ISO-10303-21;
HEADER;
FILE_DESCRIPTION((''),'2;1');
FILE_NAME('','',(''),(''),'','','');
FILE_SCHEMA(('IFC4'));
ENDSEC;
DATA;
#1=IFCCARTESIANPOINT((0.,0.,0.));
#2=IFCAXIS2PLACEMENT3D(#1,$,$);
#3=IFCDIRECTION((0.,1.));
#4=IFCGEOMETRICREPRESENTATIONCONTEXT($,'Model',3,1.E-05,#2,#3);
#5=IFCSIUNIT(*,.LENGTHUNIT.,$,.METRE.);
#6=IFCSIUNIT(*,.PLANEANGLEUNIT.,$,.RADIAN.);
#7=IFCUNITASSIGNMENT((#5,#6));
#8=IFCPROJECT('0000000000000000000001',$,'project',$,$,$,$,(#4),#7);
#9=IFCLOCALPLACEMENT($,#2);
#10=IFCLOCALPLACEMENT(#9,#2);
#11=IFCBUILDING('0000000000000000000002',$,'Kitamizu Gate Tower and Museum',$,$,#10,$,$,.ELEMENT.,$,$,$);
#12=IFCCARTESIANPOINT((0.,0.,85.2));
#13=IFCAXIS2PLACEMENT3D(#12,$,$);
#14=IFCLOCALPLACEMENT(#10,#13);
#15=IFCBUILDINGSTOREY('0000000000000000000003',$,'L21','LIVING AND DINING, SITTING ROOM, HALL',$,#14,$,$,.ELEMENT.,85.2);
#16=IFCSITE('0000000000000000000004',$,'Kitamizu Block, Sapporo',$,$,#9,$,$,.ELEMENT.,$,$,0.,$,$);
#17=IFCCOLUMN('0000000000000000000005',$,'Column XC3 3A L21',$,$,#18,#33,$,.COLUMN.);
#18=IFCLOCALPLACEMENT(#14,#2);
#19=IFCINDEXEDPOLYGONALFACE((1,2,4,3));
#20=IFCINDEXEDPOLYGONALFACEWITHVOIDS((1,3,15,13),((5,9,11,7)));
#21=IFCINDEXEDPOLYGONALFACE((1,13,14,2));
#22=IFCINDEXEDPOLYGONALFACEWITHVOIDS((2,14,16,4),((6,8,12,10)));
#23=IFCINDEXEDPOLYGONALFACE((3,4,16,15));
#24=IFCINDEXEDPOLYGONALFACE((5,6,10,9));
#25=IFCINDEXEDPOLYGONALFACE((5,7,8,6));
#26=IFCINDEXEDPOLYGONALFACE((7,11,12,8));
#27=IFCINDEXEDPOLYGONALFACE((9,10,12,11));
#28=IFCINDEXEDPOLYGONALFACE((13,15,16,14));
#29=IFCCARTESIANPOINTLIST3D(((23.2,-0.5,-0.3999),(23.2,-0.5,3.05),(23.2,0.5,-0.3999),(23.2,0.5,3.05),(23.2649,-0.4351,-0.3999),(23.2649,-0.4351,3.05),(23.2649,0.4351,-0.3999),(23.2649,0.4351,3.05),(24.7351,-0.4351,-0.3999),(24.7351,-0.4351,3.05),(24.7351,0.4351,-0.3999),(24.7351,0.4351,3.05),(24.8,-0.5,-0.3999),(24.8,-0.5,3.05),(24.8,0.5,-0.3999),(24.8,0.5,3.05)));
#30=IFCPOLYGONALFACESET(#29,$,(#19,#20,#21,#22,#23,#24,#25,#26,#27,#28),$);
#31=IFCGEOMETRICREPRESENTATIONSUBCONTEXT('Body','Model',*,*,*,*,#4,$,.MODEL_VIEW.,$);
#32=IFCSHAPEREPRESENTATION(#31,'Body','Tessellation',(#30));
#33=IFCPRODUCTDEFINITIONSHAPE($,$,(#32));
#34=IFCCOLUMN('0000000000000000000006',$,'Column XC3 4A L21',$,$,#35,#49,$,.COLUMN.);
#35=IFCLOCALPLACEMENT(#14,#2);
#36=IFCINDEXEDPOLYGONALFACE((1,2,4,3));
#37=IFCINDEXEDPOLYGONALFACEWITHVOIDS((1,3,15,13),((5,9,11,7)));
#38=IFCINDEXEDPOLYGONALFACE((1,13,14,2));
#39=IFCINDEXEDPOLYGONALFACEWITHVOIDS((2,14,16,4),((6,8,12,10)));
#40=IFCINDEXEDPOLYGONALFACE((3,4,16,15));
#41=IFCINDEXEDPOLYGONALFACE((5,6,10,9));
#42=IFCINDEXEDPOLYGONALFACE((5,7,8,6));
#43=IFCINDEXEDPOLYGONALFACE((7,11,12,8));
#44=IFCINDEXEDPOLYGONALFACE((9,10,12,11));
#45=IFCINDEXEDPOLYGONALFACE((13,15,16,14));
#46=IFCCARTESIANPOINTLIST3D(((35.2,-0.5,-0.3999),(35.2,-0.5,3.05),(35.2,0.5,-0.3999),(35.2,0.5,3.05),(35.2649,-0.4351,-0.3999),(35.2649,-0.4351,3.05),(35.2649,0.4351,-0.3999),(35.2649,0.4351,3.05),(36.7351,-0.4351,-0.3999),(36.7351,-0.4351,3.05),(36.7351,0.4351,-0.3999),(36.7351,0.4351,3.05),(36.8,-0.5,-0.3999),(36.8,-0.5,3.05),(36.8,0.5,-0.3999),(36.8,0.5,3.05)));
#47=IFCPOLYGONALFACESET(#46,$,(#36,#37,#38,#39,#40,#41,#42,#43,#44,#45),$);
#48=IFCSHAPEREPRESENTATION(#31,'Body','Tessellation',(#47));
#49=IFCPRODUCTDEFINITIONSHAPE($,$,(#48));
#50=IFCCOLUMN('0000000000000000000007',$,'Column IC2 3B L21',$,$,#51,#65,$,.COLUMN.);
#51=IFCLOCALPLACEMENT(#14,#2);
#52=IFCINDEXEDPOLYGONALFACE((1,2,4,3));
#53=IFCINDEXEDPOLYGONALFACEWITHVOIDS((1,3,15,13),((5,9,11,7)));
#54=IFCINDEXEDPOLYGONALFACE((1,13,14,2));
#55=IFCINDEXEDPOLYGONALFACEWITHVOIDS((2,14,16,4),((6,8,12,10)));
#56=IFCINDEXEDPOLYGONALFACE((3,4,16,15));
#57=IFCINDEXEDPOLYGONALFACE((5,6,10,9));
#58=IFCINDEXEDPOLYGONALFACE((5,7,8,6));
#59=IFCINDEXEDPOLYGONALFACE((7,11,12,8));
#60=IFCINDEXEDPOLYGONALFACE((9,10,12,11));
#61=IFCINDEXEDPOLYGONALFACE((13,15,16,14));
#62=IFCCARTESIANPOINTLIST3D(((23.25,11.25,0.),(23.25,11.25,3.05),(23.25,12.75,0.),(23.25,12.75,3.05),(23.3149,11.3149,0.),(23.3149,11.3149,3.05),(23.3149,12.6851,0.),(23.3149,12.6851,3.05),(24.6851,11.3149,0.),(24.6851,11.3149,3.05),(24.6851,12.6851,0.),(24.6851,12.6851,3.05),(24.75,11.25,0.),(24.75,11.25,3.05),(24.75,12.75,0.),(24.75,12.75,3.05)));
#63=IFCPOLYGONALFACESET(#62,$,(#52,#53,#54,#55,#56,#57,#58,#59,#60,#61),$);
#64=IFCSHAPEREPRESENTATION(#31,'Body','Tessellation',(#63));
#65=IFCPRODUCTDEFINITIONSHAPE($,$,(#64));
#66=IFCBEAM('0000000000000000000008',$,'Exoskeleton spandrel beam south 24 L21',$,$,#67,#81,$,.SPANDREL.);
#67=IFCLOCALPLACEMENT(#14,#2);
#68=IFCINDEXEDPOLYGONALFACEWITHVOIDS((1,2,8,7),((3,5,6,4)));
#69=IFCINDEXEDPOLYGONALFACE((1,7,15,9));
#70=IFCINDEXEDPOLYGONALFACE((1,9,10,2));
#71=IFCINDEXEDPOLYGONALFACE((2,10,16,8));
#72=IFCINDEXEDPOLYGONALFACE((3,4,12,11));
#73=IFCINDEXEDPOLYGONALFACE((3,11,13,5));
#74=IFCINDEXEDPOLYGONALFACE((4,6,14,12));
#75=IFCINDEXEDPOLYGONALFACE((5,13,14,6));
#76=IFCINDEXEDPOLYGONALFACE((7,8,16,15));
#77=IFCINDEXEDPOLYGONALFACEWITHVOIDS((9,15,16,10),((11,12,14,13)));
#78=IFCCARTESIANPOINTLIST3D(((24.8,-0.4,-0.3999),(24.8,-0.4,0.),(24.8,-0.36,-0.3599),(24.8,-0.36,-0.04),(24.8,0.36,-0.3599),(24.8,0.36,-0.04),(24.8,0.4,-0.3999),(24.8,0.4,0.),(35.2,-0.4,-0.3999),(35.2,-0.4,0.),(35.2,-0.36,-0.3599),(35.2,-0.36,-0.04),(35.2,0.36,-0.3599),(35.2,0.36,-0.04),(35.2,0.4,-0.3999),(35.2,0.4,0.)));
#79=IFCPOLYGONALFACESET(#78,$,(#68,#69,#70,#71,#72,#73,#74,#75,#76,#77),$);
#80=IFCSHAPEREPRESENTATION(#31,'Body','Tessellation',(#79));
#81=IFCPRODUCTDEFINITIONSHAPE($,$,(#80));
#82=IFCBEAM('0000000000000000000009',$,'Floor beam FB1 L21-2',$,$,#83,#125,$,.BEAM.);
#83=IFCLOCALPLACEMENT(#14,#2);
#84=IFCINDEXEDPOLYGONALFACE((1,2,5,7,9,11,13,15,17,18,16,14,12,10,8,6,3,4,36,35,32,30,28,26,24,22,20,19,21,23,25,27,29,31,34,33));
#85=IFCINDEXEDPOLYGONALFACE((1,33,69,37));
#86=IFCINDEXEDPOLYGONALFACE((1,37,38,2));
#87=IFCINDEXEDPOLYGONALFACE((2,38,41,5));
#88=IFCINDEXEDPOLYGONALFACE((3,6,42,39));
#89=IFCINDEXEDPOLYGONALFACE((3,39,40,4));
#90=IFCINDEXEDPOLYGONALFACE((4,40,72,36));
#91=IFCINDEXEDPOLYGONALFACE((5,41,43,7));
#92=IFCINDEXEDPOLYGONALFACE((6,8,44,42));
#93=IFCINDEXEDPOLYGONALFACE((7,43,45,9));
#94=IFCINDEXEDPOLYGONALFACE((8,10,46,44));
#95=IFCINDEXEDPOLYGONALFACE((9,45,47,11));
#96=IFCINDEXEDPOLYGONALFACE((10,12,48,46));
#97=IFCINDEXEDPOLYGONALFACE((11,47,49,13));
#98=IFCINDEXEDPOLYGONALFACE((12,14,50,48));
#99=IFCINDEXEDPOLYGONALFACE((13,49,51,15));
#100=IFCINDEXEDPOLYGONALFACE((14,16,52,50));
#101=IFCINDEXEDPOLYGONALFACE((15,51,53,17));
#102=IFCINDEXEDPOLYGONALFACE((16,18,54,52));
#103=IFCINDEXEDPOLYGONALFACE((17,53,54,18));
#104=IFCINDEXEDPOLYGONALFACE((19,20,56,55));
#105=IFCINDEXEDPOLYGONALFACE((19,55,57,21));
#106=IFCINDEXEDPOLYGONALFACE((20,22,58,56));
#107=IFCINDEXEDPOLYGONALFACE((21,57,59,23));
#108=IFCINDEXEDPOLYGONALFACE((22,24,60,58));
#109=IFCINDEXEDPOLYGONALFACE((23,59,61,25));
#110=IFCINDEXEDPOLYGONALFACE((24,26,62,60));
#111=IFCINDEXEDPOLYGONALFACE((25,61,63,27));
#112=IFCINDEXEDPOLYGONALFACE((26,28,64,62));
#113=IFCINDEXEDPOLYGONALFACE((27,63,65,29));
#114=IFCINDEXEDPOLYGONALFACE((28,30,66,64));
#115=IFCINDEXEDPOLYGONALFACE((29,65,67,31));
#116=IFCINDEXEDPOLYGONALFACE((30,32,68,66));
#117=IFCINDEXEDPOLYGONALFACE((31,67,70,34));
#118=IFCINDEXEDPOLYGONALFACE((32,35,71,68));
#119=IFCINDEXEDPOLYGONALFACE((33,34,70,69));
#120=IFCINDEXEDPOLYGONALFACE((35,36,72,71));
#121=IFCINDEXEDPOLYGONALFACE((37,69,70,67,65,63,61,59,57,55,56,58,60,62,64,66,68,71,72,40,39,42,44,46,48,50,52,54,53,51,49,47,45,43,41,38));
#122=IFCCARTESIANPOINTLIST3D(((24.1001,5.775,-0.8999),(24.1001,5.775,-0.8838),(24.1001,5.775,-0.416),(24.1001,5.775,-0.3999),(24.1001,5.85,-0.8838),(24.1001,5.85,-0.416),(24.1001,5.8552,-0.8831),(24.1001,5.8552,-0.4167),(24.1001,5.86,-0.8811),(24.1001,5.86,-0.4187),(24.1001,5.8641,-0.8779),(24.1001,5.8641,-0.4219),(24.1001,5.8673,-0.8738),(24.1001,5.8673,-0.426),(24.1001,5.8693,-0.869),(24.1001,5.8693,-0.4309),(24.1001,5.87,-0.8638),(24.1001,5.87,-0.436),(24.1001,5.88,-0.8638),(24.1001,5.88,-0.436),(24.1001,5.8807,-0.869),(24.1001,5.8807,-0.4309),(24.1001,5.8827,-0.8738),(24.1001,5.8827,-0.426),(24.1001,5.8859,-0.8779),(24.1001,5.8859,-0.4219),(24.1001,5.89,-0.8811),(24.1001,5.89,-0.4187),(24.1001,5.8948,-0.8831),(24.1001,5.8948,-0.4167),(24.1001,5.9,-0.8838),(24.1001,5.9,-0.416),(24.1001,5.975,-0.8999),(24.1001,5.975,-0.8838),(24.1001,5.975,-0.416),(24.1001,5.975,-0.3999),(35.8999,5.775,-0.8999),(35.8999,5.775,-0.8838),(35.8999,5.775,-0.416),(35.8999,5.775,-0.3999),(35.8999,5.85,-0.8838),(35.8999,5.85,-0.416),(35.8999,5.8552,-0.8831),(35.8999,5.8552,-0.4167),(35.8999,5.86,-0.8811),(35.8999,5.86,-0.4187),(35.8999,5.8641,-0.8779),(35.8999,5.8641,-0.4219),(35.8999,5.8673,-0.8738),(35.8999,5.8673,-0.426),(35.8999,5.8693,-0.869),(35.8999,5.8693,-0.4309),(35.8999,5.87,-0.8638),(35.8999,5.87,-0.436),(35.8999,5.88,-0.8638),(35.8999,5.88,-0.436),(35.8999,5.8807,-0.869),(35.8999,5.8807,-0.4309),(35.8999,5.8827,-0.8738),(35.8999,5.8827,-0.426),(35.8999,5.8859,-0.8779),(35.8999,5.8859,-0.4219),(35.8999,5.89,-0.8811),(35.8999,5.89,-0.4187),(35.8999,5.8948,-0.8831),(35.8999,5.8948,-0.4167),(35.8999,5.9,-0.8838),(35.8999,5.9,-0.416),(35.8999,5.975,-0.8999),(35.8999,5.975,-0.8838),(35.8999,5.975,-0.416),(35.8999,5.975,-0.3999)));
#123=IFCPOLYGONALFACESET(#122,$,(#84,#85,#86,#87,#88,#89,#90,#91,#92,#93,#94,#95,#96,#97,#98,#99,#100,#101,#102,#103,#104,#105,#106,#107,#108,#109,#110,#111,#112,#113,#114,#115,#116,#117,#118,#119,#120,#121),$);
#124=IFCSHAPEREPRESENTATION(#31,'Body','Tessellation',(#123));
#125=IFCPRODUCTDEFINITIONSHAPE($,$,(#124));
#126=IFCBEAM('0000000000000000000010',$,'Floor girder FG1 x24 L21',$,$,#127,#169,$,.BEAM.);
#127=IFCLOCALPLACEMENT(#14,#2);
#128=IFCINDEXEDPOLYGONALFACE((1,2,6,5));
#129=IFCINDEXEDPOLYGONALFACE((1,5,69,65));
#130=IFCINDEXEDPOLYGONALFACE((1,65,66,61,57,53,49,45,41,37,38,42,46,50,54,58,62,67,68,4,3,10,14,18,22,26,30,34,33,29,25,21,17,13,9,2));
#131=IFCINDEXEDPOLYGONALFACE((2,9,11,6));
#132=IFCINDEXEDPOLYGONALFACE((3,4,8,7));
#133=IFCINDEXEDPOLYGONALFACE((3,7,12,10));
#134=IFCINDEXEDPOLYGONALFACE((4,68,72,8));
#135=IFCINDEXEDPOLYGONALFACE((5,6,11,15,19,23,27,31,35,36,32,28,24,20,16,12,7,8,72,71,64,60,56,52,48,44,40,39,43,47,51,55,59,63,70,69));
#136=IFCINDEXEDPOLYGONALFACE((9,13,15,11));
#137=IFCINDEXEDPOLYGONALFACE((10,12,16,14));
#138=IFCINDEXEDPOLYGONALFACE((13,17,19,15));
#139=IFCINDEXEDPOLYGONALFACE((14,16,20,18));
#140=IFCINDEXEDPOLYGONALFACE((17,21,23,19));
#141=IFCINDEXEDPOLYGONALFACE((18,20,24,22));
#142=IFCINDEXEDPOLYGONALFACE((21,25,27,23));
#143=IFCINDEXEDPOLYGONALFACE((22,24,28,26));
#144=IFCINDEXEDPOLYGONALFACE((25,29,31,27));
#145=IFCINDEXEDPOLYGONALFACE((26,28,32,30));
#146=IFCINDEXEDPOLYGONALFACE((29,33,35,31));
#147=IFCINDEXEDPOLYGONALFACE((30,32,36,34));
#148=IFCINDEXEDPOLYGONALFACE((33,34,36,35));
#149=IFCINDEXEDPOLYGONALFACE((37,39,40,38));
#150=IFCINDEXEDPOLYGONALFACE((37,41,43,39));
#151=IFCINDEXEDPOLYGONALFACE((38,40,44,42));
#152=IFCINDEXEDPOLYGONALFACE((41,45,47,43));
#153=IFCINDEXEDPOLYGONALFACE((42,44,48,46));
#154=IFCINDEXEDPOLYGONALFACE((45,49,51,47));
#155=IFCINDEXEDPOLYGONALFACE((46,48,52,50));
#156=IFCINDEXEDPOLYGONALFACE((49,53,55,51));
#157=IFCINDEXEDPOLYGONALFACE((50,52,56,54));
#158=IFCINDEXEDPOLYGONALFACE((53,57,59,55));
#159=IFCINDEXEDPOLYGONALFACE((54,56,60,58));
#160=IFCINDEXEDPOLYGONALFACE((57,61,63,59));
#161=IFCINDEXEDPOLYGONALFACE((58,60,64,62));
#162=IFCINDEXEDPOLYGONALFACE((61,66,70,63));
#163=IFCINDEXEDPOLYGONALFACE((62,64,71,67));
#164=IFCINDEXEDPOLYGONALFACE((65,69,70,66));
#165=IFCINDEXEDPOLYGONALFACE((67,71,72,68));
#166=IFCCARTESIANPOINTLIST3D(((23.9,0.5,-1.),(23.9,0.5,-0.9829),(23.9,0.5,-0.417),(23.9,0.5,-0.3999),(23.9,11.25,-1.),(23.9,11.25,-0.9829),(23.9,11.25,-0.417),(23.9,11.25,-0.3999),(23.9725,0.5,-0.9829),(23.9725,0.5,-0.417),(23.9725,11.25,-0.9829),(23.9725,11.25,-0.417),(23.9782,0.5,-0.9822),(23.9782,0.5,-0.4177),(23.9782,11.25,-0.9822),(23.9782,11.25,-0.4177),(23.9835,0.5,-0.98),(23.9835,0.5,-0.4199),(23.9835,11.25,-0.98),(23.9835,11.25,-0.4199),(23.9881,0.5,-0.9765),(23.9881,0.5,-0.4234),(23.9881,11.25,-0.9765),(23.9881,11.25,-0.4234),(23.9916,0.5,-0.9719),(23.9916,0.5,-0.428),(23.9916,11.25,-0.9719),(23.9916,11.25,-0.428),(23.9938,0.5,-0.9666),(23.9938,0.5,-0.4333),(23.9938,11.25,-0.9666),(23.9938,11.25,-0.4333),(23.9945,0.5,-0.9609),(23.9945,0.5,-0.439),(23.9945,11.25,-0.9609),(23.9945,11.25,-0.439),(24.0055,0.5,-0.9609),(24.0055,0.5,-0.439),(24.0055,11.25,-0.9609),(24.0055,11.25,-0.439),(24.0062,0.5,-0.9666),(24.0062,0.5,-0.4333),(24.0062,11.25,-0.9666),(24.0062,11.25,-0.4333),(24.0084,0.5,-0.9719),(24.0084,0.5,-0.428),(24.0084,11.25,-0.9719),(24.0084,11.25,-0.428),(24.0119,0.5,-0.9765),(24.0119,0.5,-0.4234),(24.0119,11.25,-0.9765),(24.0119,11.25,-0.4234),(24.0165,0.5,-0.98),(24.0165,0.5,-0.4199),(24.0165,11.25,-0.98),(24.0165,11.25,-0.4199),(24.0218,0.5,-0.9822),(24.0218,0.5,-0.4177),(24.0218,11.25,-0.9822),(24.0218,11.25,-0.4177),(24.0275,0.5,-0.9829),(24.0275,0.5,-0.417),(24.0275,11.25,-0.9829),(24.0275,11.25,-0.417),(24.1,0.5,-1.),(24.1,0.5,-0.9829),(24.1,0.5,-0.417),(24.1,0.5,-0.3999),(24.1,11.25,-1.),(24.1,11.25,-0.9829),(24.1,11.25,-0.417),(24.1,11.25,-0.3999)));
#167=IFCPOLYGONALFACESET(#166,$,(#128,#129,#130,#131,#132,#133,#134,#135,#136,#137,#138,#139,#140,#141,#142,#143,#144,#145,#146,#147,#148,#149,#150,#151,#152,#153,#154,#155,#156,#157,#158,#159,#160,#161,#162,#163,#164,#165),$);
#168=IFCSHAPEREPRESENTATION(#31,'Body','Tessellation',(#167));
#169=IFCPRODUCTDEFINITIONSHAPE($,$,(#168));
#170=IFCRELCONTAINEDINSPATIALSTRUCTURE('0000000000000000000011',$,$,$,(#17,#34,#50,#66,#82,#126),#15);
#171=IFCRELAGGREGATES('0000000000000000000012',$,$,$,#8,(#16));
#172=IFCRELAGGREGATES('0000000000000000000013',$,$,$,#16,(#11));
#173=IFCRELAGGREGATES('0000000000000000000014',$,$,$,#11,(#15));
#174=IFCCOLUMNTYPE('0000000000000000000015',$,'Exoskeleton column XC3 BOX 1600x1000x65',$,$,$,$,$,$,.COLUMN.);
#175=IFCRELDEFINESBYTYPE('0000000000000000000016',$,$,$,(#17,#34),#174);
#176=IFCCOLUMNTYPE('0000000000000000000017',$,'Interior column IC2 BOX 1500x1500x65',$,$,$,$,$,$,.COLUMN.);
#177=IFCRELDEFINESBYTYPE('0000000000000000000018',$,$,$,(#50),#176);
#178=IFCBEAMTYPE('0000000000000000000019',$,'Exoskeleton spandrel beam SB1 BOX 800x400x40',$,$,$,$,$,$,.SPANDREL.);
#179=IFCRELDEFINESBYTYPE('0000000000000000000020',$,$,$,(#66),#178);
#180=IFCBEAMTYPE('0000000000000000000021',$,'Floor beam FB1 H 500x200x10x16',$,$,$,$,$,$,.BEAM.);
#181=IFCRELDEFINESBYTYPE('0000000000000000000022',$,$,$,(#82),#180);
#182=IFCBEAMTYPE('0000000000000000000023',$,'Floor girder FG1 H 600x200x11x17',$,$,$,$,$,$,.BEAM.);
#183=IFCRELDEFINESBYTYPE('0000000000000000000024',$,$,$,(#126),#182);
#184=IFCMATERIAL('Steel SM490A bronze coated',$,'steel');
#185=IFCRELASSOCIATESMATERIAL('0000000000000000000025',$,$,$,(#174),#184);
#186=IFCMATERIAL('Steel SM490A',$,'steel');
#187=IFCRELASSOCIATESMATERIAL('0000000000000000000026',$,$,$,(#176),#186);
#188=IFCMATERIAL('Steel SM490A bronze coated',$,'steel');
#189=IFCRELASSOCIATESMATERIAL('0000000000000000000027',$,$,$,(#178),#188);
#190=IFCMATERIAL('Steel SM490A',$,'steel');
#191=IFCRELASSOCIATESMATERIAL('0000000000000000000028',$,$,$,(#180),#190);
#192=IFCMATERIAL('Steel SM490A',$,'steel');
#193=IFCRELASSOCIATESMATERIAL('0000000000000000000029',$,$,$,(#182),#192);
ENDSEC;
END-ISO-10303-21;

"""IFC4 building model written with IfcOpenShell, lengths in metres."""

from ifc_helpers import new_model, si_unit, direction, frame, origin, origin_2d, place, context, subcontext, project, spatial, hollow_rectangle, i_section, extrude, material, material_profile, profile_set, type_object, element, save


model = new_model("IFC4")

# Units and contexts
model_context = context("Model", 3, precision=1e-05, world=origin(), true_north=direction((0.0, 1.0)))
body_context = subcontext(model_context, "Body", "Model", "MODEL_VIEW")
ifc_project = project(units=[si_unit("LENGTHUNIT", "METRE"), si_unit("PLANEANGLEUNIT", "RADIAN")], contexts=[model_context])

# Site, building, storey
site_placement = place(None, origin())
site = spatial("IfcSite", under=ifc_project, at=site_placement, Name="Kitamizu Block, Sapporo", CompositionType="ELEMENT", RefElevation=0.0)
building_placement = place(site_placement, origin())
building = spatial("IfcBuilding", under=site, at=building_placement, Name="Kitamizu Gate Tower and Museum", CompositionType="ELEMENT")
storey_placement = place(building_placement, frame((0.0, 0.0, 85.2)))
storey = spatial("IfcBuildingStorey", under=building, at=storey_placement, Name="L21", Description="LIVING AND DINING, SITTING ROOM, HALL", CompositionType="ELEMENT", Elevation=85.2)

# Columns
ifc_material_1 = material(Name="Steel SM490A bronze coated", Category="steel")
ifc_material_profile_1 = material_profile(ifc_material_1, hollow_rectangle(XDim=1.6001, YDim=1.0, WallThickness=0.0649, at=origin_2d()), Name="BOX 1600x1000x65")
ifc_profile_set_1 = profile_set([ifc_material_profile_1], Name="Steel SM490A bronze coated")
column_type_1 = type_object("IfcColumnType", Name="Exoskeleton column XC3 BOX 1600x1000x65", PredefinedType="COLUMN", material=ifc_profile_set_1)
for number, where, z_axis, x_axis, name in (
    (1, (24.0, 0.0, -0.3999), (0.0, 0.0, 1.0), (1.0, 0.0, 0.0), "Column XC3 3A L21"),
    (2, (36.0, 0.0, -0.3999), (0.0, 0.0, 1.0), (1.0, 0.0, 0.0), "Column XC3 4A L21"),
):
    element("IfcColumn", number, at=place(storey_placement, frame(where, z_axis=z_axis, x_axis=x_axis)), inside=storey, type_object=column_type_1, Name=name, PredefinedType="COLUMN", context=body_context, shape_type="SweptSolid", body=[
        extrude(hollow_rectangle(XDim=1.6001, YDim=1.0, WallThickness=0.0649, at=origin_2d()), origin(), (0.0, 0.0, 1.0), 3.45),
    ])
ifc_material_2 = material(Name="Steel SM490A", Category="steel")
ifc_material_profile_2 = material_profile(ifc_material_2, hollow_rectangle(XDim=1.5, YDim=1.5, WallThickness=0.0649, at=origin_2d()), Name="BOX 1500x1500x65")
ifc_profile_set_2 = profile_set([ifc_material_profile_2], Name="Steel SM490A")
column_type_2 = type_object("IfcColumnType", Name="Interior column IC2 BOX 1500x1500x65", PredefinedType="COLUMN", material=ifc_profile_set_2)
column_placement = place(storey_placement, frame((24.0, 12.0, 0.0), z_axis=(0.0, 0.0, 1.0), x_axis=(1.0, 0.0, 0.0)))
element("IfcColumn", 3, at=column_placement, inside=storey, type_object=column_type_2, Name="Column IC2 3B L21", PredefinedType="COLUMN", context=body_context, shape_type="SweptSolid", body=[
    extrude(hollow_rectangle(XDim=1.5, YDim=1.5, WallThickness=0.0649, at=origin_2d()), origin(), (0.0, 0.0, 1.0), 3.05),
])

# Beams
ifc_material_3 = material(Name="Steel SM490A bronze coated", Category="steel")
ifc_material_profile_3 = material_profile(ifc_material_3, hollow_rectangle(XDim=0.8, YDim=0.3999, WallThickness=0.04, at=origin_2d()), Name="BOX 800x400x40")
ifc_profile_set_3 = profile_set([ifc_material_profile_3], Name="Steel SM490A bronze coated")
beam_type_1 = type_object("IfcBeamType", Name="Exoskeleton spandrel beam SB1 BOX 800x400x40", PredefinedType="SPANDREL", material=ifc_profile_set_3)
beam_1_placement = place(storey_placement, frame((24.8, 0.0, -0.2), z_axis=(1.0, 0.0, 0.0), x_axis=(0.0, 1.0, 0.0)))
element("IfcBeam", 4, at=beam_1_placement, inside=storey, type_object=beam_type_1, Name="Exoskeleton spandrel beam south 24 L21", PredefinedType="SPANDREL", context=body_context, shape_type="SweptSolid", body=[
    extrude(hollow_rectangle(XDim=0.8, YDim=0.3999, WallThickness=0.04, at=origin_2d()), origin(), (0.0, 0.0, 1.0), 10.3999),
])
ifc_material_4 = material(Name="Steel SM490A", Category="steel")
ifc_material_profile_4 = material_profile(ifc_material_4, i_section(OverallWidth=0.2, OverallDepth=0.5, WebThickness=0.01, FlangeThickness=0.0161, FilletRadius=0.02, at=origin_2d()), Name="H-500x200x10x16")
ifc_profile_set_4 = profile_set([ifc_material_profile_4], Name="Steel SM490A")
beam_type_2 = type_object("IfcBeamType", Name="Floor beam FB1 H 500x200x10x16", PredefinedType="BEAM", material=ifc_profile_set_4)
beam_2_placement = place(storey_placement, frame((24.1001, 5.875, -0.6499), z_axis=(1.0, 0.0, 0.0), x_axis=(0.0, 1.0, 0.0)))
element("IfcBeam", 5, at=beam_2_placement, inside=storey, type_object=beam_type_2, Name="Floor beam FB1 L21-2", PredefinedType="BEAM", context=body_context, shape_type="SweptSolid", body=[
    extrude(i_section(OverallWidth=0.2, OverallDepth=0.5, WebThickness=0.01, FlangeThickness=0.0161, FilletRadius=0.02, at=origin_2d()), origin(), (0.0, 0.0, 1.0), 11.7998),
])
ifc_material_5 = material(Name="Steel SM490A", Category="steel")
ifc_material_profile_5 = material_profile(ifc_material_5, i_section(OverallWidth=0.2, OverallDepth=0.6001, WebThickness=0.011, FlangeThickness=0.0171, FilletRadius=0.022, at=origin_2d()), Name="H-600x200x11x17")
ifc_profile_set_5 = profile_set([ifc_material_profile_5], Name="Steel SM490A")
beam_type_3 = type_object("IfcBeamType", Name="Floor girder FG1 H 600x200x11x17", PredefinedType="BEAM", material=ifc_profile_set_5)
beam_3_placement = place(storey_placement, frame((24.0, 0.5, -0.7), z_axis=(0.0, 1.0, 0.0), x_axis=(-1.0, 0.0, 0.0)))
element("IfcBeam", 6, at=beam_3_placement, inside=storey, type_object=beam_type_3, Name="Floor girder FG1 x24 L21", PredefinedType="BEAM", context=body_context, shape_type="SweptSolid", body=[
    extrude(i_section(OverallWidth=0.2, OverallDepth=0.6001, WebThickness=0.011, FlangeThickness=0.0171, FilletRadius=0.022, at=origin_2d()), origin(), (0.0, 0.0, 1.0), 10.75),
])

save(model, "model.ifc")
